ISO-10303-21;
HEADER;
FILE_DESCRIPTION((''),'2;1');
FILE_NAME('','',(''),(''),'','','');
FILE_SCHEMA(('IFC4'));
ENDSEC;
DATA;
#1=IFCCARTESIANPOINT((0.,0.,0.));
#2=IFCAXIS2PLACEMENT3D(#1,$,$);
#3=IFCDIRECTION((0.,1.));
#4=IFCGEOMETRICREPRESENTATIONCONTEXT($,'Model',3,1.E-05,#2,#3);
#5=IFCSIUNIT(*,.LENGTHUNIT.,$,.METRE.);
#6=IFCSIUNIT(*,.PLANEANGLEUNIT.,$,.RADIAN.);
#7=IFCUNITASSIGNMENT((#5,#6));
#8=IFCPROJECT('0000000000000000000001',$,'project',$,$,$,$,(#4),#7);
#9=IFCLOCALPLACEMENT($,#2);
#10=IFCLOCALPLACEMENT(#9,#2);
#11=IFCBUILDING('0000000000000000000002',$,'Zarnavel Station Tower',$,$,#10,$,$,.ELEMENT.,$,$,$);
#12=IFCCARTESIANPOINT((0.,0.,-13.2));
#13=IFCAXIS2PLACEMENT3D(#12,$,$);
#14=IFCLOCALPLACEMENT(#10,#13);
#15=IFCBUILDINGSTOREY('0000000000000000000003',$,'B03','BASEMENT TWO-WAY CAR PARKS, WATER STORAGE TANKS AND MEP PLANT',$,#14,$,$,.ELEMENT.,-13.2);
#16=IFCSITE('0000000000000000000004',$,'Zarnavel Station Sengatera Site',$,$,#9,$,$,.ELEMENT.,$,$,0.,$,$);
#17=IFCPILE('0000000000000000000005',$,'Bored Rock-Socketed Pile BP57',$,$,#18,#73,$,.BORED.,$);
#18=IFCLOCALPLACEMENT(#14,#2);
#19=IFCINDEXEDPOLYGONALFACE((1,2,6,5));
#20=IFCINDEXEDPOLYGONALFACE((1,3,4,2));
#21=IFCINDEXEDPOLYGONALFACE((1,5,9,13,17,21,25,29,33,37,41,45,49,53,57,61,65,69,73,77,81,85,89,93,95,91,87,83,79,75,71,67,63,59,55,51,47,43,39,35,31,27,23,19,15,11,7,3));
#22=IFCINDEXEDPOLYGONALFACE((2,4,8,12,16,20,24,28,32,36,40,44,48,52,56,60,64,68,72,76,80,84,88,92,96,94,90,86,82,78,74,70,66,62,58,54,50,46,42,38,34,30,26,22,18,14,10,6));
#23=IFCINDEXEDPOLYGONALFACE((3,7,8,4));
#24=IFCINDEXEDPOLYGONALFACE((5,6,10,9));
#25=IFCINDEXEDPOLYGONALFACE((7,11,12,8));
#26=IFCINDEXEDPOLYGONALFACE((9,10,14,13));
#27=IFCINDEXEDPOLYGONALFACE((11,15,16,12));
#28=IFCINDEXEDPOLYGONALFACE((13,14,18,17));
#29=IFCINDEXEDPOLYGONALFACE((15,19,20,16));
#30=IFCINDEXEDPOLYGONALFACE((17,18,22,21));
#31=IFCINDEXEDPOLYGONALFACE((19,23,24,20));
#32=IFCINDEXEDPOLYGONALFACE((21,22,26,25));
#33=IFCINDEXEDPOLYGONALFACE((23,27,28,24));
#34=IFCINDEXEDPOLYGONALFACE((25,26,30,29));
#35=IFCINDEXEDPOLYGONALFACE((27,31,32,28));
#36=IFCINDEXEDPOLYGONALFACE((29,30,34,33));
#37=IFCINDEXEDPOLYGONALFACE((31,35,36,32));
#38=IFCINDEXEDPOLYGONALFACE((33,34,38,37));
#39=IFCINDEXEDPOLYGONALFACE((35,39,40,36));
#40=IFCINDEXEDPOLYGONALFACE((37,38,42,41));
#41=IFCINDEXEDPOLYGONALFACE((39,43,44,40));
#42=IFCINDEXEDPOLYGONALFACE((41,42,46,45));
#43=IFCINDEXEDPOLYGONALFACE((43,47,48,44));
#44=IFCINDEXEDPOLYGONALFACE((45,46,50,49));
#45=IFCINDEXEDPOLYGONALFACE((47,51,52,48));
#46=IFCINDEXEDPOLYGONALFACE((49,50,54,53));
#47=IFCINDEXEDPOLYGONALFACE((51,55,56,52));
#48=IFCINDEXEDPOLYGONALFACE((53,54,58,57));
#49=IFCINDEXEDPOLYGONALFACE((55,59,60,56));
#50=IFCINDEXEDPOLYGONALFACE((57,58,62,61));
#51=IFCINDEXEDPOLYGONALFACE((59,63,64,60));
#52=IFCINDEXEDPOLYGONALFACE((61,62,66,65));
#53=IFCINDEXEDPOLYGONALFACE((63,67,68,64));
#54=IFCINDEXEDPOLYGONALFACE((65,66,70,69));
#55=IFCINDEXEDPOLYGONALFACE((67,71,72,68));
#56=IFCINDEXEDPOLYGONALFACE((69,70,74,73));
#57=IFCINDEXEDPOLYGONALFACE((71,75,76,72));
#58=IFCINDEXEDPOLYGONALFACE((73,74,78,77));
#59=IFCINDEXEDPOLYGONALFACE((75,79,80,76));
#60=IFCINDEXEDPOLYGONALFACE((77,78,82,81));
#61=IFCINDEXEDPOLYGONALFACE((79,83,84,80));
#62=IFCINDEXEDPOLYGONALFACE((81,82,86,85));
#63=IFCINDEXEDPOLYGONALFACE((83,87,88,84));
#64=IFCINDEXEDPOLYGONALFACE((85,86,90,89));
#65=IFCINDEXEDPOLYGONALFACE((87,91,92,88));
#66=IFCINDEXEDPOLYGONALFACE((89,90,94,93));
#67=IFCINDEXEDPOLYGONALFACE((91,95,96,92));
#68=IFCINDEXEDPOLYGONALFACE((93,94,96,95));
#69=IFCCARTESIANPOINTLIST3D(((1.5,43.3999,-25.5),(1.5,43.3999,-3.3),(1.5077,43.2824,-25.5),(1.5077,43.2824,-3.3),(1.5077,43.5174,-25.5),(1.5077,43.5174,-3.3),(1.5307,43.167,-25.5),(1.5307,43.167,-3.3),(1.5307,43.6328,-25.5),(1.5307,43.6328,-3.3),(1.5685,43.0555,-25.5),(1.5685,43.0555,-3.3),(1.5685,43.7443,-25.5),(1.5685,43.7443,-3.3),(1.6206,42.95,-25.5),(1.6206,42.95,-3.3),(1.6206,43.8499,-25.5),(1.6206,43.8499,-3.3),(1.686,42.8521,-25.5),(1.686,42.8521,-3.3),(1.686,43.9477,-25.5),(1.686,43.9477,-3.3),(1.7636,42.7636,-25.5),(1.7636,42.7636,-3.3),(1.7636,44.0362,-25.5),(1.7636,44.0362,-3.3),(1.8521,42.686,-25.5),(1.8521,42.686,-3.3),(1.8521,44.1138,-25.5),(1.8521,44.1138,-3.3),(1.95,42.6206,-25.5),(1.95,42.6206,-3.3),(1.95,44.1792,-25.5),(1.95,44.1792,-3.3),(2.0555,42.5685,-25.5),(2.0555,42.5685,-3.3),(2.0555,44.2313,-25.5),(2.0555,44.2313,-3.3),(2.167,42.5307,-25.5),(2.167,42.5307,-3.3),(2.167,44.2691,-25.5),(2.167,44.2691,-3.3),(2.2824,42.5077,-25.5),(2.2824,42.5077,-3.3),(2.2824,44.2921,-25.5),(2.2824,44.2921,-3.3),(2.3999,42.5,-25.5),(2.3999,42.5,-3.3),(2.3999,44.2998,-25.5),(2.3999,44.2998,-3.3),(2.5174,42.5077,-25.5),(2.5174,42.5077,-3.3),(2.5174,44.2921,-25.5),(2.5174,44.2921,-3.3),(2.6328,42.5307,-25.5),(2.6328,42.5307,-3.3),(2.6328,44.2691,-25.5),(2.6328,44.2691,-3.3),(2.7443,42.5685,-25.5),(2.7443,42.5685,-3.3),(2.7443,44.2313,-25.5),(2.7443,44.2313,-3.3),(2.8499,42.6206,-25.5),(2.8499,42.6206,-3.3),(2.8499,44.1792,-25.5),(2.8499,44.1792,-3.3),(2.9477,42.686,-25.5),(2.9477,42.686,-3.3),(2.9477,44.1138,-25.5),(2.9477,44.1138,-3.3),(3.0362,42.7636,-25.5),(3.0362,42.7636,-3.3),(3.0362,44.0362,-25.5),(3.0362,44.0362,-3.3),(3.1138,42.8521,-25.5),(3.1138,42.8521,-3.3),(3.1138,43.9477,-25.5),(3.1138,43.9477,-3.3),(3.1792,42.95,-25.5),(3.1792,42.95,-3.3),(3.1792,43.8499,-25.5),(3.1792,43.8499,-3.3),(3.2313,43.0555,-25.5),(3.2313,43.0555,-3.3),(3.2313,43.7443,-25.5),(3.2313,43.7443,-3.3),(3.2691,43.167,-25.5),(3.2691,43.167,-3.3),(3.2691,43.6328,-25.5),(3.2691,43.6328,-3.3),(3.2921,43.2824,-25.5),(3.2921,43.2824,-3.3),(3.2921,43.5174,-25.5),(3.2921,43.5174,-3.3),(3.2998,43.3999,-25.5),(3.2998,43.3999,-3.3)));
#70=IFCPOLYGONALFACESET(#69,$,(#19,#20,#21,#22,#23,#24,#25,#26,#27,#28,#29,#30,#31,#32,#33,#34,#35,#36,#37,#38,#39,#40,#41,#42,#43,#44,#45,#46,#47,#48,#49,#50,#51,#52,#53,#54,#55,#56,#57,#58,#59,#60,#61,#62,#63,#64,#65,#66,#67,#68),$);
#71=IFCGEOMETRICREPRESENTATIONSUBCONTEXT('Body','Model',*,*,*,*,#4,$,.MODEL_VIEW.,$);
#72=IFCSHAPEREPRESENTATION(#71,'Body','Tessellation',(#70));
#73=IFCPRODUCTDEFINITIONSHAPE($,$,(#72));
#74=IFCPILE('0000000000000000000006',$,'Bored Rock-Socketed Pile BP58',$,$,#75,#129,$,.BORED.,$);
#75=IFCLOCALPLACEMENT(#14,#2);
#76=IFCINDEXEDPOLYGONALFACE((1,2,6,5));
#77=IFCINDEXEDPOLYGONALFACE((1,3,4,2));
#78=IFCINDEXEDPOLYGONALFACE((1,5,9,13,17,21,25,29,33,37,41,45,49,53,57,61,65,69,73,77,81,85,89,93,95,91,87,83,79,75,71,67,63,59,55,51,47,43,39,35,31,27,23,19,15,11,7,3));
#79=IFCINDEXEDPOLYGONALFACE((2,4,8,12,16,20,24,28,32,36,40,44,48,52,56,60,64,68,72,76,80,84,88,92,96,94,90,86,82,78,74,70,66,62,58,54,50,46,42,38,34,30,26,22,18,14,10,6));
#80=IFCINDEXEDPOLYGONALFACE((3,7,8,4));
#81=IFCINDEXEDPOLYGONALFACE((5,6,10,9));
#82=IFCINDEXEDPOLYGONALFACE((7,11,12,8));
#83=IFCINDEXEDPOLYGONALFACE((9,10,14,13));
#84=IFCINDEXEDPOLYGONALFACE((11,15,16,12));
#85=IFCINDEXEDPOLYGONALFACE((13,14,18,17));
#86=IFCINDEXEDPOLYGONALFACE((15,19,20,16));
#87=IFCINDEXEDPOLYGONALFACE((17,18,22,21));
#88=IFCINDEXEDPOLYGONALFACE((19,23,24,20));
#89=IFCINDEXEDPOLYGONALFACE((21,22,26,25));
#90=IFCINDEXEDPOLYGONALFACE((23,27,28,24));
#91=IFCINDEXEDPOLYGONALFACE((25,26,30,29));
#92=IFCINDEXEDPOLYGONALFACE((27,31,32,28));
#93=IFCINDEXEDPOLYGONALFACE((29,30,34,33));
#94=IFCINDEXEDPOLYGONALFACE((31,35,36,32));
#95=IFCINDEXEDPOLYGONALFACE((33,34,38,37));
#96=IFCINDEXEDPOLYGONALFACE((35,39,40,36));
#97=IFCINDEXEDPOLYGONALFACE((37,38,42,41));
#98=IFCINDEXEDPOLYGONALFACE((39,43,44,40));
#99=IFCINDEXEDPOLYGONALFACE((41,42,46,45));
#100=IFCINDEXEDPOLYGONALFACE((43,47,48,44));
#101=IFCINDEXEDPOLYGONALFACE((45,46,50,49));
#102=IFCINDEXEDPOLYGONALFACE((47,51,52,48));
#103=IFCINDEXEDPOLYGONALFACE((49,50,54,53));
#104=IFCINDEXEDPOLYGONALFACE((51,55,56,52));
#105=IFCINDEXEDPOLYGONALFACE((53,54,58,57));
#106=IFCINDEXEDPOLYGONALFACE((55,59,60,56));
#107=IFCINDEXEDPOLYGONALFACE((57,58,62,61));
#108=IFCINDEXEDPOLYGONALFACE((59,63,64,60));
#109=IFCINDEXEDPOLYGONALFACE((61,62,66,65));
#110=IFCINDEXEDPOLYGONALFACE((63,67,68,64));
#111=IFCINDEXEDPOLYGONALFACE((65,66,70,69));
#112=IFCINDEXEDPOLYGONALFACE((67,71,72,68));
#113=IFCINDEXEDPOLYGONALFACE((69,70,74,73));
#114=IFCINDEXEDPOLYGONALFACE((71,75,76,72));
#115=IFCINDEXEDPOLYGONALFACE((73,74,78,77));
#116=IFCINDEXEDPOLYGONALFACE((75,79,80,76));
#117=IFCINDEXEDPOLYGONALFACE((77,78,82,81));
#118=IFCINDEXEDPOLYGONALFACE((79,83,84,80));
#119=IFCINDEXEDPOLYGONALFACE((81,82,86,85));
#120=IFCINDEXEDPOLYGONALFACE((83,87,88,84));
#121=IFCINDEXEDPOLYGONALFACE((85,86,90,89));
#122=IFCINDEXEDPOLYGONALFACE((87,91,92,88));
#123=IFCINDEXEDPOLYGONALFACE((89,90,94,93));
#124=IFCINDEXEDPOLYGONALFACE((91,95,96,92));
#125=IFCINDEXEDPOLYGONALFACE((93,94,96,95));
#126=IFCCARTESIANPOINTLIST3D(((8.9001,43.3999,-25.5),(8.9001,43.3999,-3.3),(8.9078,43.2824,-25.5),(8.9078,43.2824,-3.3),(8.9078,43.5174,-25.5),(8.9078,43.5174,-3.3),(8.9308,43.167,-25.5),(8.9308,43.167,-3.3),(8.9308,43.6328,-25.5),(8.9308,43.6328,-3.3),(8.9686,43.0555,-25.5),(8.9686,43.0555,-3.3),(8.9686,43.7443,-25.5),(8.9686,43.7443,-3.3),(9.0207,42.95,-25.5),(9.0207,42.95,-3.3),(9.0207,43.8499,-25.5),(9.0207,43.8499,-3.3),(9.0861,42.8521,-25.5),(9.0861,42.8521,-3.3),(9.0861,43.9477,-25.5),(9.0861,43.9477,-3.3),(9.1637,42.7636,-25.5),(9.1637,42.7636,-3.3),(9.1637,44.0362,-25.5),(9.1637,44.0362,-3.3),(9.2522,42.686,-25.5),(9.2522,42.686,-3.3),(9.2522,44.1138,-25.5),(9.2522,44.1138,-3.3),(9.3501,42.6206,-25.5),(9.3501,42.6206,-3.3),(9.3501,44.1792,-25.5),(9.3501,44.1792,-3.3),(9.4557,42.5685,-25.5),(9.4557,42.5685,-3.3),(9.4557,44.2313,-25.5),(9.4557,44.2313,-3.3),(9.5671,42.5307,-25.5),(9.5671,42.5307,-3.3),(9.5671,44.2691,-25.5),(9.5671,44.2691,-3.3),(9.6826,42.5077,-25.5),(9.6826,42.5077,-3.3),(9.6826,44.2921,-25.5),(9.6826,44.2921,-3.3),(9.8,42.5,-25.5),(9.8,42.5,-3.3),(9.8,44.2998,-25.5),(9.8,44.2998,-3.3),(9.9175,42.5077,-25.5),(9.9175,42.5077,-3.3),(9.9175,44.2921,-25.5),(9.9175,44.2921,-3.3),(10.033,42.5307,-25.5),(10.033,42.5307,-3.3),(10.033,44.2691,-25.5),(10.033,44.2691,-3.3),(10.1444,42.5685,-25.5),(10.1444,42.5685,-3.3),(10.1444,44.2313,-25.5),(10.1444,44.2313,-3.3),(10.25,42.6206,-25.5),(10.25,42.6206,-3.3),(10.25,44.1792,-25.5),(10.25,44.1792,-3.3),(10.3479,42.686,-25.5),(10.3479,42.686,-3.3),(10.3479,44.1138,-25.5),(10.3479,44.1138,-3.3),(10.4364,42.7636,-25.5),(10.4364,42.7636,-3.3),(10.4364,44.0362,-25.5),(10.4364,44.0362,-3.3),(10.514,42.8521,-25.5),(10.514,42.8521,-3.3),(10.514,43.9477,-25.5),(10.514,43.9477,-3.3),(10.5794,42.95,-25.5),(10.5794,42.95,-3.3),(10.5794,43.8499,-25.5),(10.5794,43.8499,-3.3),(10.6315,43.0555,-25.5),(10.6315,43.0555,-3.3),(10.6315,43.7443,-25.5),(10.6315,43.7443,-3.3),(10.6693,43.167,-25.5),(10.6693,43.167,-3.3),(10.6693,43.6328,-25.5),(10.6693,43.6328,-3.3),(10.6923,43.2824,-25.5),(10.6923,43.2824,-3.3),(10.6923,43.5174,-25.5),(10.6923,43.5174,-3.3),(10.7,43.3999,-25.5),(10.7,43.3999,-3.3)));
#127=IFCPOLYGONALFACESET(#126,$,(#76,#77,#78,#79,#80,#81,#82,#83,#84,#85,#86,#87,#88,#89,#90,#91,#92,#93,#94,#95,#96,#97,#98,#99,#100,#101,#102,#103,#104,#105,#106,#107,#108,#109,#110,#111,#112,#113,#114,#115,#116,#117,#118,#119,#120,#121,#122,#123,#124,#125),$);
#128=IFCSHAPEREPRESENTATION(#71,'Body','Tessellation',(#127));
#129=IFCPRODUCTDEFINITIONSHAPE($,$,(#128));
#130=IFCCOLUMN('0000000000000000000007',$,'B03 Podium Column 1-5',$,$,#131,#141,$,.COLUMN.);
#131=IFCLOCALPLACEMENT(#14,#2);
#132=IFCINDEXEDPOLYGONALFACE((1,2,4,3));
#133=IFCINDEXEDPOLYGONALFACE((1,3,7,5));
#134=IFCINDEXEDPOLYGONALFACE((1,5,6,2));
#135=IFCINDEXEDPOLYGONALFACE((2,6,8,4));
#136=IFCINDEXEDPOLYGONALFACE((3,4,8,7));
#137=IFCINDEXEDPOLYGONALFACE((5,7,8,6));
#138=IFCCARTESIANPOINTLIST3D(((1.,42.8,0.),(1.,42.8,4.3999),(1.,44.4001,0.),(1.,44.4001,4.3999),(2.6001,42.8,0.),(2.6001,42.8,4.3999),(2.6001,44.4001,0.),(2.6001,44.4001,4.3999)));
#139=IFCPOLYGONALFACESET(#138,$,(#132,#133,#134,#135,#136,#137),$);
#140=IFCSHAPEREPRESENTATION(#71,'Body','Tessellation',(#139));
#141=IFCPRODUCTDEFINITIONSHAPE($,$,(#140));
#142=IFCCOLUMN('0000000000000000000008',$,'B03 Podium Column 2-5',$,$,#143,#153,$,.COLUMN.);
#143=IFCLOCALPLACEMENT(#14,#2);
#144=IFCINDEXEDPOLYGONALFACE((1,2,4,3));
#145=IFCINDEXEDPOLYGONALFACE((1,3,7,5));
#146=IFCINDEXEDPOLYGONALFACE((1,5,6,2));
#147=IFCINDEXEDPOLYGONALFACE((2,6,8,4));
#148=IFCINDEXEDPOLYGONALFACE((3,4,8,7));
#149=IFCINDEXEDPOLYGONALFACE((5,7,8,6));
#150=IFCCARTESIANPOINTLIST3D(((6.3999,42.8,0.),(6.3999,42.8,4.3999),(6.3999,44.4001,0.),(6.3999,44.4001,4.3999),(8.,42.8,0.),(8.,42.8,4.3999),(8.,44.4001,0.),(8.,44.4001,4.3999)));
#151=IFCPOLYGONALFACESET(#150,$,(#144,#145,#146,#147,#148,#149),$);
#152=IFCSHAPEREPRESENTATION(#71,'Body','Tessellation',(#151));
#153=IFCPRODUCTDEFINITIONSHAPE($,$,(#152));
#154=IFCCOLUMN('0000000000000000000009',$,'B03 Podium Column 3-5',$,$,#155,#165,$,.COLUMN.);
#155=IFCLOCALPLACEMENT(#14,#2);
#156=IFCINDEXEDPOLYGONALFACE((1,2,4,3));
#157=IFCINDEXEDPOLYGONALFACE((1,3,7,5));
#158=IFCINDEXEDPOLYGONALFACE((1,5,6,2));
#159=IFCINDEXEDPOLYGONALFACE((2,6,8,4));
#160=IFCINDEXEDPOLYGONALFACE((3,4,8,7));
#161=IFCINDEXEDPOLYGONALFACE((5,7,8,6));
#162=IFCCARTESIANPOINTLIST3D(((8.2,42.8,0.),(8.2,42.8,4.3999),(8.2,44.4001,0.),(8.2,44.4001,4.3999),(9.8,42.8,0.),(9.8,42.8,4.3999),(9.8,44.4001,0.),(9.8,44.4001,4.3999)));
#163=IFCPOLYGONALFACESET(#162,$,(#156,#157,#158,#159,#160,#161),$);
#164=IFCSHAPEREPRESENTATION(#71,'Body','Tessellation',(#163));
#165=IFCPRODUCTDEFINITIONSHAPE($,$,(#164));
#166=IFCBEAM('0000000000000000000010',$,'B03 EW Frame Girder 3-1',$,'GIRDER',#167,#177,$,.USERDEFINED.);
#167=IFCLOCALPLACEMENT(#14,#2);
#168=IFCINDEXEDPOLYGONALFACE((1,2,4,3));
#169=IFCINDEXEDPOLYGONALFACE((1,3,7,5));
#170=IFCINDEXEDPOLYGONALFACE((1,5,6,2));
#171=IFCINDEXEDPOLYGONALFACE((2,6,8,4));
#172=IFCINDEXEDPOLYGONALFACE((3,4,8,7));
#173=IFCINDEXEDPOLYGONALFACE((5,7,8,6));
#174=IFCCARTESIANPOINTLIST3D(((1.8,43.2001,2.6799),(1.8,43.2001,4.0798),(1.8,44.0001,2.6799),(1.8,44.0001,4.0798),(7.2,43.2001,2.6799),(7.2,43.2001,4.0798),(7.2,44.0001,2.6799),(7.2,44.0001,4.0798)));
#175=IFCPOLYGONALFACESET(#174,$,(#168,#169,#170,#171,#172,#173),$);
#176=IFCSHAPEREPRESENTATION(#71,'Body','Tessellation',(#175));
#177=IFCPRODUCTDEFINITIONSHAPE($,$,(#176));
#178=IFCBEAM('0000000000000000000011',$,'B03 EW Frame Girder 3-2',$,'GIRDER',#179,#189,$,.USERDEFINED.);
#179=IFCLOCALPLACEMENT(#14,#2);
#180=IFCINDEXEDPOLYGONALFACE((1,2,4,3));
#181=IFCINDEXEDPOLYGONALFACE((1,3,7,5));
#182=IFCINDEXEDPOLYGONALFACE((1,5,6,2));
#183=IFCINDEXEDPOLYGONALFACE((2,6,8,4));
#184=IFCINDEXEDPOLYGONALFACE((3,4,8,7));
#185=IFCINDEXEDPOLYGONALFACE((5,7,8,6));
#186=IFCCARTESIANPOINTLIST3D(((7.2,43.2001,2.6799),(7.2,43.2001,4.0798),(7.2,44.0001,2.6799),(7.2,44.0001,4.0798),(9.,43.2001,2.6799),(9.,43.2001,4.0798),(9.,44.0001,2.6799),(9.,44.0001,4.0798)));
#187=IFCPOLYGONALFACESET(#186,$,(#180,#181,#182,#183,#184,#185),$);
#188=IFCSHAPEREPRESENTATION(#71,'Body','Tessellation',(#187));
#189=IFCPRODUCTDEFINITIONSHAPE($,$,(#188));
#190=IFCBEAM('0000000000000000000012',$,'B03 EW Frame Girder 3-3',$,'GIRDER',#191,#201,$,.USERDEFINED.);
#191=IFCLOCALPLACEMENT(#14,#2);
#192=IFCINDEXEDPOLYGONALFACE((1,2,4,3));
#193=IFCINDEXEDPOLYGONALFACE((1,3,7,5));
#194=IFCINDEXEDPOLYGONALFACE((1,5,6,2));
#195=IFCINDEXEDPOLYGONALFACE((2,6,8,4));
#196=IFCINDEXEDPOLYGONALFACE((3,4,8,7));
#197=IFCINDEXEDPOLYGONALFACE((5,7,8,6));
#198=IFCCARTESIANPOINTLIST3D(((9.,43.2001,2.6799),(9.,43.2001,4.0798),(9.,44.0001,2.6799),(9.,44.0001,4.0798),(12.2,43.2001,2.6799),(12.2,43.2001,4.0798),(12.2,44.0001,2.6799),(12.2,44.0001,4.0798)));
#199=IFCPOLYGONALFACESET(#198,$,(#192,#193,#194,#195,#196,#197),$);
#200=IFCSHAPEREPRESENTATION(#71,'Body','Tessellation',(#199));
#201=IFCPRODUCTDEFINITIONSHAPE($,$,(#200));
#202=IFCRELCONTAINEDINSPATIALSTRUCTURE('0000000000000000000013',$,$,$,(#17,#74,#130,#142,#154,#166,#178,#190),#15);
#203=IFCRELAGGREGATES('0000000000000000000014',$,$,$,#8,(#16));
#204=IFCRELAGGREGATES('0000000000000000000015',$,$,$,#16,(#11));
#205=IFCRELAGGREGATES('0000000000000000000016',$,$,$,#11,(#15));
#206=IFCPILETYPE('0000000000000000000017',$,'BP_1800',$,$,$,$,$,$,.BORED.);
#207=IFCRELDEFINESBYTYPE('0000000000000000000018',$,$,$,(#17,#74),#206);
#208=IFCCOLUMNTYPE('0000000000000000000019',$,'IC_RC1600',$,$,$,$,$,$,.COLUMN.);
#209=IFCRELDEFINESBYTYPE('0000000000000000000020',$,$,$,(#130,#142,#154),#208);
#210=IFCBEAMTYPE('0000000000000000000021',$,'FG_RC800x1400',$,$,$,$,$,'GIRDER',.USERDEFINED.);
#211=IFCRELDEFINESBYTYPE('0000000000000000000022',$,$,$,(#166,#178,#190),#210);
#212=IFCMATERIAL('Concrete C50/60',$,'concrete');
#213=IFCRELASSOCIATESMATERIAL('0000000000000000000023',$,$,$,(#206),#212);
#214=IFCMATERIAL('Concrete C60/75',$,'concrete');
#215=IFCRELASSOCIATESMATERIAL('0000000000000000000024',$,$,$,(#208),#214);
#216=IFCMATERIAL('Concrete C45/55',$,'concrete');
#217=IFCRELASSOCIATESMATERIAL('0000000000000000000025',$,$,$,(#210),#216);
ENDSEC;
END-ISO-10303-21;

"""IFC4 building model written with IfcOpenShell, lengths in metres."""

from ifc_helpers import new_model, si_unit, direction, frame, origin, origin_2d, place, context, subcontext, project, spatial, rectangle, circle, extrude, material, material_profile, profile_set, type_object, element, save


model = new_model("IFC4")

# Units and contexts
model_context = context("Model", 3, precision=1e-05, world=origin(), true_north=direction((0.0, 1.0)))
body_context = subcontext(model_context, "Body", "Model", "MODEL_VIEW")
ifc_project = project(units=[si_unit("LENGTHUNIT", "METRE"), si_unit("PLANEANGLEUNIT", "RADIAN")], contexts=[model_context])

# Site, building, storey
site_placement = place(None, origin())
site = spatial("IfcSite", under=ifc_project, at=site_placement, Name="Zarnavel Station Sengatera Site", CompositionType="ELEMENT", RefElevation=0.0)
building_placement = place(site_placement, origin())
building = spatial("IfcBuilding", under=site, at=building_placement, Name="Zarnavel Station Tower", CompositionType="ELEMENT")
storey_placement = place(building_placement, frame((0.0, 0.0, -13.2)))
storey = spatial("IfcBuildingStorey", under=building, at=storey_placement, Name="B03", Description="BASEMENT TWO-WAY CAR PARKS, WATER STORAGE TANKS AND MEP PLANT", CompositionType="ELEMENT", Elevation=-13.2)

# Piles
ifc_material_1 = material(Name="Concrete C50/60", Category="concrete")
ifc_material_profile_1 = material_profile(ifc_material_1, circle(Radius=0.8999, at=origin_2d()), Name="PILE1800")
ifc_profile_set_1 = profile_set([ifc_material_profile_1], Name="Concrete C50/60")
pile_type = type_object("IfcPileType", Name="BP_1800", PredefinedType="BORED", material=ifc_profile_set_1)
for number, where, z_axis, x_axis, name in (
    (1, (2.3999, 43.3999, -3.3), (0.0, 0.0, -1.0), (1.0, 0.0, 0.0), "Bored Rock-Socketed Pile BP57"),
    (2, (9.8, 43.3999, -3.3), (0.0, 0.0, -1.0), (1.0, 0.0, 0.0), "Bored Rock-Socketed Pile BP58"),
):
    element("IfcPile", number, at=place(storey_placement, frame(where, z_axis=z_axis, x_axis=x_axis)), inside=storey, type_object=pile_type, Name=name, PredefinedType="BORED", context=body_context, shape_type="SweptSolid", body=[
        extrude(circle(Radius=0.8999, at=origin_2d()), origin(), (0.0, 0.0, 1.0), 22.2),
    ])

# Columns
ifc_material_2 = material(Name="Concrete C60/75", Category="concrete")
ifc_material_profile_2 = material_profile(ifc_material_2, rectangle(XDim=1.6001, YDim=1.6001, at=origin_2d()), Name="RC1600x1600")
ifc_profile_set_2 = profile_set([ifc_material_profile_2], Name="Concrete C60/75")
column_type = type_object("IfcColumnType", Name="IC_RC1600", PredefinedType="COLUMN", material=ifc_profile_set_2)
for number, where, z_axis, x_axis, name in (
    (3, (1.8, 43.6001, 0.0), (0.0, 0.0, 1.0), (1.0, 0.0, 0.0), "B03 Podium Column 1-5"),
    (4, (7.2, 43.6001, 0.0), (0.0, 0.0, 1.0), (1.0, 0.0, 0.0), "B03 Podium Column 2-5"),
    (5, (9.0, 43.6001, 0.0), (0.0, 0.0, 1.0), (1.0, 0.0, 0.0), "B03 Podium Column 3-5"),
):
    element("IfcColumn", number, at=place(storey_placement, frame(where, z_axis=z_axis, x_axis=x_axis)), inside=storey, type_object=column_type, Name=name, PredefinedType="COLUMN", context=body_context, shape_type="SweptSolid", body=[
        extrude(rectangle(XDim=1.6001, YDim=1.6001, at=origin_2d()), origin(), (0.0, 0.0, 1.0), 4.3999),
    ])

# Beams
ifc_material_3 = material(Name="Concrete C45/55", Category="concrete")
ifc_material_profile_3 = material_profile(ifc_material_3, rectangle(XDim=0.8, YDim=1.3999, at=origin_2d()), Name="RC800x1400")
ifc_profile_set_3 = profile_set([ifc_material_profile_3], Name="Concrete C45/55")
beam_type = type_object("IfcBeamType", Name="FG_RC800x1400", ElementType="GIRDER", PredefinedType="USERDEFINED", material=ifc_profile_set_3)
beam_1_placement = place(storey_placement, frame((1.8, 43.6001, 3.3799), z_axis=(1.0, 0.0, 0.0), x_axis=(0.0, 1.0, 0.0)))
element("IfcBeam", 6, at=beam_1_placement, inside=storey, type_object=beam_type, Name="B03 EW Frame Girder 3-1", ObjectType="GIRDER", PredefinedType="USERDEFINED", context=body_context, shape_type="SweptSolid", body=[
    extrude(rectangle(XDim=0.8, YDim=1.3999, at=origin_2d()), origin(), (0.0, 0.0, 1.0), 5.3999),
])
beam_2_placement = place(storey_placement, frame((7.2, 43.6001, 3.3799), z_axis=(1.0, 0.0, 0.0), x_axis=(0.0, 1.0, 0.0)))
element("IfcBeam", 7, at=beam_2_placement, inside=storey, type_object=beam_type, Name="B03 EW Frame Girder 3-2", ObjectType="GIRDER", PredefinedType="USERDEFINED", context=body_context, shape_type="SweptSolid", body=[
    extrude(rectangle(XDim=0.8, YDim=1.3999, at=origin_2d()), origin(), (0.0, 0.0, 1.0), 1.8),
])
beam_3_placement = place(storey_placement, frame((9.0, 43.6001, 3.3799), z_axis=(1.0, 0.0, 0.0), x_axis=(0.0, 1.0, 0.0)))
element("IfcBeam", 8, at=beam_3_placement, inside=storey, type_object=beam_type, Name="B03 EW Frame Girder 3-3", ObjectType="GIRDER", PredefinedType="USERDEFINED", context=body_context, shape_type="SweptSolid", body=[
    extrude(rectangle(XDim=0.8, YDim=1.3999, at=origin_2d()), origin(), (0.0, 0.0, 1.0), 3.2),
])

save(model, "model.ifc")
